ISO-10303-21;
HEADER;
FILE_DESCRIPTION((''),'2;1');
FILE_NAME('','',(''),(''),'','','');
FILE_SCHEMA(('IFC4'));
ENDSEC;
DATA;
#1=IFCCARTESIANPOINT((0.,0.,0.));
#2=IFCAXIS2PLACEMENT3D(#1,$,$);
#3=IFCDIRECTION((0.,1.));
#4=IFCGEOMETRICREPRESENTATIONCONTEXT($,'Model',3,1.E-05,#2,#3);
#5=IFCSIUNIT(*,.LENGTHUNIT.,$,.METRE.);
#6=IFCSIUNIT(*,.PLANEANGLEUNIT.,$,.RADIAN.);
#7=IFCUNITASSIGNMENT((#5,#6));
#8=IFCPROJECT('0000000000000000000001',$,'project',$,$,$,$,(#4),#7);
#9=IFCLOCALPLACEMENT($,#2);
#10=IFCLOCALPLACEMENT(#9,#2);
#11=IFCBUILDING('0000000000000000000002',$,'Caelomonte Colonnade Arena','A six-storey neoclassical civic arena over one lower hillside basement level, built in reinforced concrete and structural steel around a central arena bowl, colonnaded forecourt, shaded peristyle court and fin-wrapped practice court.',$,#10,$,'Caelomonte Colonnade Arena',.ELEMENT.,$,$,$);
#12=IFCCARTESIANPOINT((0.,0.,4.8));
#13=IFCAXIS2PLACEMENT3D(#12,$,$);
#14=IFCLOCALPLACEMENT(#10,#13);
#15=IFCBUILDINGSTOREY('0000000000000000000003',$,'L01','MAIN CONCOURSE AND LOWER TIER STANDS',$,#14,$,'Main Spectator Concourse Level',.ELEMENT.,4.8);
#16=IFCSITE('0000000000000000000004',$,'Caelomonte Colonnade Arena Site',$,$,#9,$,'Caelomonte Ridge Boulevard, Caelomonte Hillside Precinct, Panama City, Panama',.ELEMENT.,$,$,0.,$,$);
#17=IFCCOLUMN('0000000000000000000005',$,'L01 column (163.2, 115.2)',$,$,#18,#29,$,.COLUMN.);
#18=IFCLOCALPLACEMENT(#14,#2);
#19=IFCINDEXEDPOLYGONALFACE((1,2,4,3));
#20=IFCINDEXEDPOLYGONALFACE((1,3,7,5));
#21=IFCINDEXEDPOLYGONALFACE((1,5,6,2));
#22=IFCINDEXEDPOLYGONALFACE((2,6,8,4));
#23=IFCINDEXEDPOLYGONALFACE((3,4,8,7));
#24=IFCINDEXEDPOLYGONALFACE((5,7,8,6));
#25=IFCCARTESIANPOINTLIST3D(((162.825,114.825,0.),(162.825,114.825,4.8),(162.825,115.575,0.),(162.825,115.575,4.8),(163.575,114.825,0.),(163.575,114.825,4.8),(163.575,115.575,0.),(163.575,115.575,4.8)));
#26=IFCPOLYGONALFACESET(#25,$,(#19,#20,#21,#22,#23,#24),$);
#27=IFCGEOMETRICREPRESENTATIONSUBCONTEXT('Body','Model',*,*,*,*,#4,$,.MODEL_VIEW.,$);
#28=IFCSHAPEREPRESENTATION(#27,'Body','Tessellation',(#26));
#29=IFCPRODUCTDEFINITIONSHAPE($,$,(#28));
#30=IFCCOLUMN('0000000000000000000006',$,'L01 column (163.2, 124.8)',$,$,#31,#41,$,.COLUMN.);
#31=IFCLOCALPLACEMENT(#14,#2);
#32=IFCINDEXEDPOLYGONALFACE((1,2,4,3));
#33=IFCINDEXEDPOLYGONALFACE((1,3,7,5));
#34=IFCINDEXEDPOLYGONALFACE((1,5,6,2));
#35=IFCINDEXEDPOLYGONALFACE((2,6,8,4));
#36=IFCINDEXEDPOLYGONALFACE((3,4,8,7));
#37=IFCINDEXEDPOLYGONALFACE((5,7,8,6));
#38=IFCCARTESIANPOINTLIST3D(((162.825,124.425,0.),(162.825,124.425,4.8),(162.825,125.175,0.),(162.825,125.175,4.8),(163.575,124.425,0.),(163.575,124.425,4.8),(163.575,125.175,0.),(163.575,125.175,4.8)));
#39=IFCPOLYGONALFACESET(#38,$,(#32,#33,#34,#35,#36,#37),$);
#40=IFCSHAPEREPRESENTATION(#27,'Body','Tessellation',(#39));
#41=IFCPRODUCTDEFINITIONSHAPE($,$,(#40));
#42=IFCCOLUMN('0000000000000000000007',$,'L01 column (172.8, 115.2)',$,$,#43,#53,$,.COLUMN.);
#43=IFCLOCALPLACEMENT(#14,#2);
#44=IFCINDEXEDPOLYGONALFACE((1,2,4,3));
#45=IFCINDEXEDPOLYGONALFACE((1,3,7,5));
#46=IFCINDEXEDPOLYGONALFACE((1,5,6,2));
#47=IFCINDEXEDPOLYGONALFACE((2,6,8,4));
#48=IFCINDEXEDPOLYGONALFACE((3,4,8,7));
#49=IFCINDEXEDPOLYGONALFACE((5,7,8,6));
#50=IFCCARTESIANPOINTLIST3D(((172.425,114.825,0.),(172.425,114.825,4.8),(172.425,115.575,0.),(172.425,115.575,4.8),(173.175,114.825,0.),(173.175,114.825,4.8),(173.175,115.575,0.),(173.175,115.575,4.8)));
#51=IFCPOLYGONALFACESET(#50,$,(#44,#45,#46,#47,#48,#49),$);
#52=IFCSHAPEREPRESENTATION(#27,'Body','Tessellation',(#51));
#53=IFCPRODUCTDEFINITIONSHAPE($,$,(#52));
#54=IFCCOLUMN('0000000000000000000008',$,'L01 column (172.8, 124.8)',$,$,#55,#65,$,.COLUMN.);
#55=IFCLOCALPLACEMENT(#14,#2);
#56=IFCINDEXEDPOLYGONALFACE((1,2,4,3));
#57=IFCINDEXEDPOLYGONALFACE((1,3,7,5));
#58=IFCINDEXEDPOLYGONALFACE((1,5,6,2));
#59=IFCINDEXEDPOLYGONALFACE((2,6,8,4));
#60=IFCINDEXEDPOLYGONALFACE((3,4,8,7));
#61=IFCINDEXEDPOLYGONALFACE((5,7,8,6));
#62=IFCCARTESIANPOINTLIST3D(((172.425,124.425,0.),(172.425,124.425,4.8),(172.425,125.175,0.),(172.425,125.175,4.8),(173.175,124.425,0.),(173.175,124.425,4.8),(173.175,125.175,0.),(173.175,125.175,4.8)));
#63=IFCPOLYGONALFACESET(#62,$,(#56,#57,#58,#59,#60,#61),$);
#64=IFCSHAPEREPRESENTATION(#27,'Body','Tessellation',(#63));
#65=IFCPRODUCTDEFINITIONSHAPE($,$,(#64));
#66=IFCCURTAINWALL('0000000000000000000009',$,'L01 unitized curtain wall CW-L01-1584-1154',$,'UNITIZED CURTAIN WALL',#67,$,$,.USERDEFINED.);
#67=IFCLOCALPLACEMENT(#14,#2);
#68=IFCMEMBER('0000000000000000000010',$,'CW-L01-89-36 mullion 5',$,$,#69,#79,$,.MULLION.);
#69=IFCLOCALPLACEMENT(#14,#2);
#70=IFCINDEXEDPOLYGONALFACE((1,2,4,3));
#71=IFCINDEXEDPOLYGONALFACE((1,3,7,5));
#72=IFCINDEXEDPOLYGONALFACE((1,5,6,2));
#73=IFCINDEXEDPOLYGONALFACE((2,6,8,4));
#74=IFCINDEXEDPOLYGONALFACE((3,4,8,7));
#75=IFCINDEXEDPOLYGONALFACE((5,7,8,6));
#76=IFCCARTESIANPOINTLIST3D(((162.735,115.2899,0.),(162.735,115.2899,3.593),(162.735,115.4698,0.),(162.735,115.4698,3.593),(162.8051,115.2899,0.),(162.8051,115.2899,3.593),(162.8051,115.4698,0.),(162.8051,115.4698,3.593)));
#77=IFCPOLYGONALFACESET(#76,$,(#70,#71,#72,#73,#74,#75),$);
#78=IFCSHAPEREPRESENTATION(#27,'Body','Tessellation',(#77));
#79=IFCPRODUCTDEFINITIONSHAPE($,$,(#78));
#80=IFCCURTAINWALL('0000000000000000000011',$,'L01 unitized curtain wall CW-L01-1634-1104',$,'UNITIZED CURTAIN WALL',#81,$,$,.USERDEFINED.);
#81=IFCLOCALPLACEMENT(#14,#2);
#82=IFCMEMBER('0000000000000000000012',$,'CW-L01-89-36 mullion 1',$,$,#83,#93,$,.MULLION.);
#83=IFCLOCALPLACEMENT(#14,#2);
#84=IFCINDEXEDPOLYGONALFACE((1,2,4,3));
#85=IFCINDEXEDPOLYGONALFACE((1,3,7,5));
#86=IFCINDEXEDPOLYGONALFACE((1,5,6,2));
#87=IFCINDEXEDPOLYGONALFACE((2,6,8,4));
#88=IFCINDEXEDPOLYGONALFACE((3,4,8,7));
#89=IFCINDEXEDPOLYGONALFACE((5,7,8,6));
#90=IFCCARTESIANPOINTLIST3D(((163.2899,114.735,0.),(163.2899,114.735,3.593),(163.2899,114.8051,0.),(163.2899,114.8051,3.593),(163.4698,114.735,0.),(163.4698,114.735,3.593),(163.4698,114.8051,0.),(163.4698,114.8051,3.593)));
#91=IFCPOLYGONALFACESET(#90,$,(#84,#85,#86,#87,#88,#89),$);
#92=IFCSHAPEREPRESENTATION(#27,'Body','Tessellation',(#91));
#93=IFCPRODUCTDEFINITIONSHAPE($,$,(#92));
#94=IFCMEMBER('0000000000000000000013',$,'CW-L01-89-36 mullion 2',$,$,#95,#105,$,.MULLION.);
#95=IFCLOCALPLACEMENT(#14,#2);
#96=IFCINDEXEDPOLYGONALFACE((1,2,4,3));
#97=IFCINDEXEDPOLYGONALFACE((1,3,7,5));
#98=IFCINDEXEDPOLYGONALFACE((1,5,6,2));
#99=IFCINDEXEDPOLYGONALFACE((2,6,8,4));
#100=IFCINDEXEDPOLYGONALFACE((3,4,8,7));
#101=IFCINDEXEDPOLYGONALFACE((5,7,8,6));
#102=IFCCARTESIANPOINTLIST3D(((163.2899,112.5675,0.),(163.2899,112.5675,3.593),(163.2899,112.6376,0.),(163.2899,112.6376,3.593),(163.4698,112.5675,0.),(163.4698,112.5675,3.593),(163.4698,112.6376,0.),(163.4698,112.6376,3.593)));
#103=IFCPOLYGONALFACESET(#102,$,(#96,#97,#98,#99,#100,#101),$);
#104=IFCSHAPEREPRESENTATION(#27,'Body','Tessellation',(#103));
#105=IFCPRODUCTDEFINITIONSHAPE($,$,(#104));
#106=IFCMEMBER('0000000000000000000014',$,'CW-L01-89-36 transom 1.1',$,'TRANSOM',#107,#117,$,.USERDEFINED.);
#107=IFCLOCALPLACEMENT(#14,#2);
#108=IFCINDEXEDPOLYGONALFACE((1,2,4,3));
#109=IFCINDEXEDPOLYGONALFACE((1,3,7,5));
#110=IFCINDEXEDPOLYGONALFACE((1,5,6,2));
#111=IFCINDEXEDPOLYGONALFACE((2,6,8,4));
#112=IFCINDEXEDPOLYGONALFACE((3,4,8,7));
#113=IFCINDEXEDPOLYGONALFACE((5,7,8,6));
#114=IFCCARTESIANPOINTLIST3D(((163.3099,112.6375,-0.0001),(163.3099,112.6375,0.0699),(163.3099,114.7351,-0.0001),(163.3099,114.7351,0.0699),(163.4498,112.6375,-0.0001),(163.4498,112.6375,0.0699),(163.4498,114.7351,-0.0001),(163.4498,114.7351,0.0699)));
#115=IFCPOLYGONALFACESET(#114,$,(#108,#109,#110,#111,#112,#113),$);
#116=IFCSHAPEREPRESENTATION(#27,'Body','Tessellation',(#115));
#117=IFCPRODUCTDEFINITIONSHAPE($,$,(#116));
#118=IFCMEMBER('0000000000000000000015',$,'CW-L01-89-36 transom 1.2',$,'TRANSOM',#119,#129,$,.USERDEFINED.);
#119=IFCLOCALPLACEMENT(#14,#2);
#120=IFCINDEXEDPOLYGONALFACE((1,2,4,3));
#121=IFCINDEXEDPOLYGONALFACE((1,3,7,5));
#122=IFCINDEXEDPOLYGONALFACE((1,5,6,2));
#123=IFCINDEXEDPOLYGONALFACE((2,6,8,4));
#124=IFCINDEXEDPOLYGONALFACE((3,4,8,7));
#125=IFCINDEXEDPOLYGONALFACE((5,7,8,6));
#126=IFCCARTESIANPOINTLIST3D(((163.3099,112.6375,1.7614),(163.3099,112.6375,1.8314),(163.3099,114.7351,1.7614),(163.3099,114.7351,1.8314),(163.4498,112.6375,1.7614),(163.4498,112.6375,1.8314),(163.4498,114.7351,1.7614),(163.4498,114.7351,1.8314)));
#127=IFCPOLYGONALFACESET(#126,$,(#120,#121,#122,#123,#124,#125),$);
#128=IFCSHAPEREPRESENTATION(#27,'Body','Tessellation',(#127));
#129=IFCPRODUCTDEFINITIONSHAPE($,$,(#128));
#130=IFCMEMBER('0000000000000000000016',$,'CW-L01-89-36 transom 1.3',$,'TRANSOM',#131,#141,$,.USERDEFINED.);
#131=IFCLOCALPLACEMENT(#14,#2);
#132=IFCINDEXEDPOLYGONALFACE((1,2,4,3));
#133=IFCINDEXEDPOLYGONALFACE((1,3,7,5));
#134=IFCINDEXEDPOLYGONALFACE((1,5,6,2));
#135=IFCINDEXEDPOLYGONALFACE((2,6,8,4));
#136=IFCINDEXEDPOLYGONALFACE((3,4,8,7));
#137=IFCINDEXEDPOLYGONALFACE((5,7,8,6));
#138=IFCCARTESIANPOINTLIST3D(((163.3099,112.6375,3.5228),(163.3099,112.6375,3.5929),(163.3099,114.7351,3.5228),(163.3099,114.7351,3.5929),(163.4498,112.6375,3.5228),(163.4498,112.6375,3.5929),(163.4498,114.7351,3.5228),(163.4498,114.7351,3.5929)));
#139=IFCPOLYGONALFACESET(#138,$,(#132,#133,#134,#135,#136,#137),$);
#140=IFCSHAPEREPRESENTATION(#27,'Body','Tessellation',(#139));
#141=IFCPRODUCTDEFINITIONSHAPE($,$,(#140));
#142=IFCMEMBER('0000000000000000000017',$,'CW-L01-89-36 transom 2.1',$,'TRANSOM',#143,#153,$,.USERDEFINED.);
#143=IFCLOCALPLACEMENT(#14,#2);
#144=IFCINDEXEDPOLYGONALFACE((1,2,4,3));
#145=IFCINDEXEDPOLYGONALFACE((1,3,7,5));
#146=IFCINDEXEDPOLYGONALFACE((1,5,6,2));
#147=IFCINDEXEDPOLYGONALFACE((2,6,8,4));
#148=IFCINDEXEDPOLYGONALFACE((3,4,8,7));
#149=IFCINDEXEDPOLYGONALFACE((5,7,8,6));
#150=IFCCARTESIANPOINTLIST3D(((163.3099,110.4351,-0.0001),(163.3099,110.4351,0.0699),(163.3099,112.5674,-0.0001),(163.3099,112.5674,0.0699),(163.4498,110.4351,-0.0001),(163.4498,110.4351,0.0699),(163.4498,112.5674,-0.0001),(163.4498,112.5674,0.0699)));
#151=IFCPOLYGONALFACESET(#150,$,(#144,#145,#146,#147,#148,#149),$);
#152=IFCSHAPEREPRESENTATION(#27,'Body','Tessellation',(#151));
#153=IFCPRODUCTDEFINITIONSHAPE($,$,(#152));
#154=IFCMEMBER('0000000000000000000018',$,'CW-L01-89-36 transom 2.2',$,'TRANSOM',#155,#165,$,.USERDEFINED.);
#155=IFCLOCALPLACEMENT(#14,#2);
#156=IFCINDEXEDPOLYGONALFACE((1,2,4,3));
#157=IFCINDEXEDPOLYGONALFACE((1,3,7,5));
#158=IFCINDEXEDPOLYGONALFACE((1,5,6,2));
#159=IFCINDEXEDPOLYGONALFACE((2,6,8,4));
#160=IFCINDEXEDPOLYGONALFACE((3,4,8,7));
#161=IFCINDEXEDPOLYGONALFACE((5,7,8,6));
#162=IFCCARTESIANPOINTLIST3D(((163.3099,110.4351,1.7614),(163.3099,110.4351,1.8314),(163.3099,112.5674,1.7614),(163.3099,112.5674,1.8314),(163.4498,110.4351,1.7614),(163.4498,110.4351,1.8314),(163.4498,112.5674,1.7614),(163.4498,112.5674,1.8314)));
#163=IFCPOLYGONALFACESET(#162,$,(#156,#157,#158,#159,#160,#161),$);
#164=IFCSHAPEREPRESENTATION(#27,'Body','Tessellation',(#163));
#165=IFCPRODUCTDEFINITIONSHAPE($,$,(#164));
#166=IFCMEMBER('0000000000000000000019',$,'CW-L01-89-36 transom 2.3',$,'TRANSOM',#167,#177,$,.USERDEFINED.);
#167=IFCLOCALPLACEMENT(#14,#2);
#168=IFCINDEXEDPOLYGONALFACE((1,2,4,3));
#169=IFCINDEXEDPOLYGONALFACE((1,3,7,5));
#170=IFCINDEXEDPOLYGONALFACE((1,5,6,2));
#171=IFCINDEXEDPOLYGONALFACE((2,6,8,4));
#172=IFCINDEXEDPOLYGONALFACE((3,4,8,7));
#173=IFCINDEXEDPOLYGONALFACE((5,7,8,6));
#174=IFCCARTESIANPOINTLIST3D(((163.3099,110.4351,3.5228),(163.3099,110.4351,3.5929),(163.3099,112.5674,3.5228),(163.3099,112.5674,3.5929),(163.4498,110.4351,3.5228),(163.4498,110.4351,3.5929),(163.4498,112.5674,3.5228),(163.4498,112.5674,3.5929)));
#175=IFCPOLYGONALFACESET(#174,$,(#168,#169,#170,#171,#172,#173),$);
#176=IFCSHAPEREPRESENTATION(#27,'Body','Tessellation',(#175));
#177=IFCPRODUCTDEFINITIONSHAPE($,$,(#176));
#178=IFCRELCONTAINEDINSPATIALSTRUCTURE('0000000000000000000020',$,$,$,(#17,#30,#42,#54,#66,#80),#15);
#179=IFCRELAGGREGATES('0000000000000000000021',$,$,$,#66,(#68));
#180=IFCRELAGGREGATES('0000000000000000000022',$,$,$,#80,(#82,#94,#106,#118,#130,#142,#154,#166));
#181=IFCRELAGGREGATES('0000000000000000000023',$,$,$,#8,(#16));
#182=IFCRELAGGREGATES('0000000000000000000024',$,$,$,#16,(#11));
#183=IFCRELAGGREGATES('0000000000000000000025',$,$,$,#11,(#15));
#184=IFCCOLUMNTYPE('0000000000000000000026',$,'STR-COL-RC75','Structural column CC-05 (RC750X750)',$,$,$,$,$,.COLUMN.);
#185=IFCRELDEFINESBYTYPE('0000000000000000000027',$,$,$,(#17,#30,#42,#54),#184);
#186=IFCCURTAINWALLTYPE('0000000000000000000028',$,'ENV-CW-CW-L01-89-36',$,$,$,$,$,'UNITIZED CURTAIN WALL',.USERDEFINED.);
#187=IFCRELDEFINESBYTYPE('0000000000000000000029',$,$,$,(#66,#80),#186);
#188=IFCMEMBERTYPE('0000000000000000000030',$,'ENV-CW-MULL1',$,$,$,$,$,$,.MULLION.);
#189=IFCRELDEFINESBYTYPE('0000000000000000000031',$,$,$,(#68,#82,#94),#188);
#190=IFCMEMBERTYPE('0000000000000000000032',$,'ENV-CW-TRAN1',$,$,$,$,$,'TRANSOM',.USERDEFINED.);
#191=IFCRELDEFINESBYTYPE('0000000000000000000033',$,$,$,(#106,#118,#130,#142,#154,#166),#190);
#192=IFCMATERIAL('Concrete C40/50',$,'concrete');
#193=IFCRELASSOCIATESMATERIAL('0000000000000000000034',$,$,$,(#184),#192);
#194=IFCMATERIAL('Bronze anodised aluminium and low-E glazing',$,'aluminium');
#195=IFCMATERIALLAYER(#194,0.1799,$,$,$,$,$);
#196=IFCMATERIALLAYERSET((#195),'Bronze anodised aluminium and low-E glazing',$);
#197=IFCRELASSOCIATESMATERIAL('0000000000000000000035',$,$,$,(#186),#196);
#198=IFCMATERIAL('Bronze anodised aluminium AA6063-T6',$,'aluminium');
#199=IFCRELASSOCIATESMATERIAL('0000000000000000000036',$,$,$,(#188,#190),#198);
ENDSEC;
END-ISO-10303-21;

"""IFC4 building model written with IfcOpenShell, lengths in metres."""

from ifc_helpers import new_model, si_unit, direction, frame, origin, origin_2d, place, context, subcontext, project, spatial, rectangle, extrude, material, layer, layer_set, material_profile, profile_set, type_object, element, aggregate, save


model = new_model("IFC4")

# Units and contexts
model_context = context("Model", 3, precision=1e-05, world=origin(), true_north=direction((0.0, 1.0)))
body_context = subcontext(model_context, "Body", "Model", "MODEL_VIEW")
ifc_project = project(units=[si_unit("LENGTHUNIT", "METRE"), si_unit("PLANEANGLEUNIT", "RADIAN")], contexts=[model_context])

# Site, building, storey
site_placement = place(None, origin())
site = spatial("IfcSite", under=ifc_project, at=site_placement, Name="Caelomonte Colonnade Arena Site", LongName="Caelomonte Ridge Boulevard, Caelomonte Hillside Precinct, Panama City, Panama", CompositionType="ELEMENT", RefElevation=0.0)
building_placement = place(site_placement, origin())
building = spatial("IfcBuilding", under=site, at=building_placement, Name="Caelomonte Colonnade Arena", Description="A six-storey neoclassical civic arena over one lower hillside basement level, built in reinforced concrete and structural steel around a central arena bowl, colonnaded forecourt, shaded peristyle court and fin-wrapped practice court.", LongName="Caelomonte Colonnade Arena", CompositionType="ELEMENT")
storey_placement = place(building_placement, frame((0.0, 0.0, 4.8)))
storey = spatial("IfcBuildingStorey", under=building, at=storey_placement, Name="L01", Description="MAIN CONCOURSE AND LOWER TIER STANDS", LongName="Main Spectator Concourse Level", CompositionType="ELEMENT", Elevation=4.8)

# Columns
ifc_material_1 = material(Name="Concrete C40/50", Category="concrete")
ifc_material_profile_1 = material_profile(ifc_material_1, rectangle(XDim=0.75, YDim=0.75, at=origin_2d()), Name="RC750X750")
ifc_profile_set_1 = profile_set([ifc_material_profile_1], Name="Concrete C40/50")
column_type = type_object("IfcColumnType", Name="STR-COL-RC75", Description="Structural column CC-05 (RC750X750)", PredefinedType="COLUMN", material=ifc_profile_set_1)
for number, where, z_axis, x_axis, name in (
    (1, (163.2, 115.2, 0.0), (0.0, 0.0, 1.0), (1.0, 0.0, 0.0), "L01 column (163.2, 115.2)"),
    (2, (163.2, 124.8, 0.0), (0.0, 0.0, 1.0), (1.0, 0.0, 0.0), "L01 column (163.2, 124.8)"),
    (3, (172.8, 115.2, 0.0), (0.0, 0.0, 1.0), (1.0, 0.0, 0.0), "L01 column (172.8, 115.2)"),
    (4, (172.8, 124.8, 0.0), (0.0, 0.0, 1.0), (1.0, 0.0, 0.0), "L01 column (172.8, 124.8)"),
):
    element("IfcColumn", number, at=place(storey_placement, frame(where, z_axis=z_axis, x_axis=x_axis)), inside=storey, type_object=column_type, Name=name, PredefinedType="COLUMN", context=body_context, shape_type="SweptSolid", body=[
        extrude(rectangle(XDim=0.75, YDim=0.75, at=origin_2d()), origin(), (0.0, 0.0, 1.0), 4.8),
    ])

# Curtain wall, member
ifc_material_2 = material(Name="Bronze anodised aluminium and low-E glazing", Category="aluminium")
ifc_layer_1 = layer(ifc_material_2, 0.1799)
ifc_layer_set_1 = layer_set([ifc_layer_1], Name="Bronze anodised aluminium and low-E glazing")
curtain_wall_type = type_object("IfcCurtainWallType", Name="ENV-CW-CW-L01-89-36", ElementType="UNITIZED CURTAIN WALL", PredefinedType="USERDEFINED", material=ifc_layer_set_1)
curtain_wall_1_placement = place(storey_placement, origin())
curtain_wall_1 = element("IfcCurtainWall", 5, at=curtain_wall_1_placement, inside=storey, type_object=curtain_wall_type, Name="L01 unitized curtain wall CW-L01-1584-1154", ObjectType="UNITIZED CURTAIN WALL", PredefinedType="USERDEFINED")
ifc_material_3 = material(Name="Bronze anodised aluminium AA6063-T6", Category="aluminium")
ifc_material_profile_2 = material_profile(ifc_material_3, rectangle(XDim=0.0701, YDim=0.1799, at=origin_2d()), Name="CWM-70X180")
ifc_profile_set_2 = profile_set([ifc_material_profile_2], Name="Bronze anodised aluminium AA6063-T6")
member_type_1 = type_object("IfcMemberType", Name="ENV-CW-MULL1", PredefinedType="MULLION", material=ifc_profile_set_2)
member_1_placement = place(storey_placement, frame((162.77, 115.3799, 0.0), z_axis=(0.0, 0.0, 1.0), x_axis=(1.0, 0.0, 0.0)))
member_1 = element("IfcMember", 6, at=member_1_placement, type_object=member_type_1, Name="CW-L01-89-36 mullion 5", PredefinedType="MULLION", context=body_context, shape_type="SweptSolid", body=[
    extrude(rectangle(XDim=0.0701, YDim=0.1799, at=origin_2d()), origin(), (0.0, 0.0, 1.0), 3.593),
])
aggregate(curtain_wall_1, [member_1])

# Curtain wall, members
curtain_wall_2_placement = place(storey_placement, origin())
curtain_wall_2 = element("IfcCurtainWall", 7, at=curtain_wall_2_placement, inside=storey, type_object=curtain_wall_type, Name="L01 unitized curtain wall CW-L01-1634-1104", ObjectType="UNITIZED CURTAIN WALL", PredefinedType="USERDEFINED")
member_2_placement = place(storey_placement, frame((163.3799, 114.77, 0.0), z_axis=(0.0, 0.0, 1.0), x_axis=(0.0, -1.0, 0.0)))
member_2 = element("IfcMember", 8, at=member_2_placement, type_object=member_type_1, Name="CW-L01-89-36 mullion 1", PredefinedType="MULLION", context=body_context, shape_type="SweptSolid", body=[
    extrude(rectangle(XDim=0.0701, YDim=0.1799, at=origin_2d()), origin(), (0.0, 0.0, 1.0), 3.593),
])
member_3_placement = place(storey_placement, frame((163.3799, 112.6025, 0.0), z_axis=(0.0, 0.0, 1.0), x_axis=(0.0, -1.0, 0.0)))
member_3 = element("IfcMember", 9, at=member_3_placement, type_object=member_type_1, Name="CW-L01-89-36 mullion 2", PredefinedType="MULLION", context=body_context, shape_type="SweptSolid", body=[
    extrude(rectangle(XDim=0.0701, YDim=0.1799, at=origin_2d()), origin(), (0.0, 0.0, 1.0), 3.593),
])
ifc_material_profile_3 = material_profile(ifc_material_3, rectangle(XDim=0.0701, YDim=0.1399, at=origin_2d()), Name="CWT-70X140")
ifc_profile_set_3 = profile_set([ifc_material_profile_3], Name="Bronze anodised aluminium AA6063-T6")
member_type_2 = type_object("IfcMemberType", Name="ENV-CW-TRAN1", ElementType="TRANSOM", PredefinedType="USERDEFINED", material=ifc_profile_set_3)
member_4_placement = place(storey_placement, frame((163.3799, 114.7351, 0.0349), z_axis=(0.0, -1.0, 0.0), x_axis=(0.0, 0.0, 1.0)))
member_4 = element("IfcMember", 10, at=member_4_placement, type_object=member_type_2, Name="CW-L01-89-36 transom 1.1", ObjectType="TRANSOM", PredefinedType="USERDEFINED", context=body_context, shape_type="SweptSolid", body=[
    extrude(rectangle(XDim=0.0701, YDim=0.1399, at=origin_2d()), origin(), (0.0, 0.0, 1.0), 2.0977),
])
member_5_placement = place(storey_placement, frame((163.3799, 114.7351, 1.7964), z_axis=(0.0, -1.0, 0.0), x_axis=(0.0, 0.0, 1.0)))
member_5 = element("IfcMember", 11, at=member_5_placement, type_object=member_type_2, Name="CW-L01-89-36 transom 1.2", ObjectType="TRANSOM", PredefinedType="USERDEFINED", context=body_context, shape_type="SweptSolid", body=[
    extrude(rectangle(XDim=0.0701, YDim=0.1399, at=origin_2d()), origin(), (0.0, 0.0, 1.0), 2.0977),
])
member_6_placement = place(storey_placement, frame((163.3799, 114.7351, 3.5579), z_axis=(0.0, -1.0, 0.0), x_axis=(0.0, 0.0, 1.0)))
member_6 = element("IfcMember", 12, at=member_6_placement, type_object=member_type_2, Name="CW-L01-89-36 transom 1.3", ObjectType="TRANSOM", PredefinedType="USERDEFINED", context=body_context, shape_type="SweptSolid", body=[
    extrude(rectangle(XDim=0.0701, YDim=0.1399, at=origin_2d()), origin(), (0.0, 0.0, 1.0), 2.0977),
])
member_7_placement = place(storey_placement, frame((163.3799, 112.5674, 0.0349), z_axis=(0.0, -1.0, 0.0), x_axis=(0.0, 0.0, 1.0)))
member_7 = element("IfcMember", 13, at=member_7_placement, type_object=member_type_2, Name="CW-L01-89-36 transom 2.1", ObjectType="TRANSOM", PredefinedType="USERDEFINED", context=body_context, shape_type="SweptSolid", body=[
    extrude(rectangle(XDim=0.0701, YDim=0.1399, at=origin_2d()), origin(), (0.0, 0.0, 1.0), 2.1323),
])
member_8_placement = place(storey_placement, frame((163.3799, 112.5674, 1.7964), z_axis=(0.0, -1.0, 0.0), x_axis=(0.0, 0.0, 1.0)))
member_8 = element("IfcMember", 14, at=member_8_placement, type_object=member_type_2, Name="CW-L01-89-36 transom 2.2", ObjectType="TRANSOM", PredefinedType="USERDEFINED", context=body_context, shape_type="SweptSolid", body=[
    extrude(rectangle(XDim=0.0701, YDim=0.1399, at=origin_2d()), origin(), (0.0, 0.0, 1.0), 2.1323),
])
member_9_placement = place(storey_placement, frame((163.3799, 112.5674, 3.5579), z_axis=(0.0, -1.0, 0.0), x_axis=(0.0, 0.0, 1.0)))
member_9 = element("IfcMember", 15, at=member_9_placement, type_object=member_type_2, Name="CW-L01-89-36 transom 2.3", ObjectType="TRANSOM", PredefinedType="USERDEFINED", context=body_context, shape_type="SweptSolid", body=[
    extrude(rectangle(XDim=0.0701, YDim=0.1399, at=origin_2d()), origin(), (0.0, 0.0, 1.0), 2.1323),
])

aggregate(curtain_wall_2, [member_2, member_3, member_4, member_5, member_6, member_7, member_8, member_9])

save(model, "model.ifc")
